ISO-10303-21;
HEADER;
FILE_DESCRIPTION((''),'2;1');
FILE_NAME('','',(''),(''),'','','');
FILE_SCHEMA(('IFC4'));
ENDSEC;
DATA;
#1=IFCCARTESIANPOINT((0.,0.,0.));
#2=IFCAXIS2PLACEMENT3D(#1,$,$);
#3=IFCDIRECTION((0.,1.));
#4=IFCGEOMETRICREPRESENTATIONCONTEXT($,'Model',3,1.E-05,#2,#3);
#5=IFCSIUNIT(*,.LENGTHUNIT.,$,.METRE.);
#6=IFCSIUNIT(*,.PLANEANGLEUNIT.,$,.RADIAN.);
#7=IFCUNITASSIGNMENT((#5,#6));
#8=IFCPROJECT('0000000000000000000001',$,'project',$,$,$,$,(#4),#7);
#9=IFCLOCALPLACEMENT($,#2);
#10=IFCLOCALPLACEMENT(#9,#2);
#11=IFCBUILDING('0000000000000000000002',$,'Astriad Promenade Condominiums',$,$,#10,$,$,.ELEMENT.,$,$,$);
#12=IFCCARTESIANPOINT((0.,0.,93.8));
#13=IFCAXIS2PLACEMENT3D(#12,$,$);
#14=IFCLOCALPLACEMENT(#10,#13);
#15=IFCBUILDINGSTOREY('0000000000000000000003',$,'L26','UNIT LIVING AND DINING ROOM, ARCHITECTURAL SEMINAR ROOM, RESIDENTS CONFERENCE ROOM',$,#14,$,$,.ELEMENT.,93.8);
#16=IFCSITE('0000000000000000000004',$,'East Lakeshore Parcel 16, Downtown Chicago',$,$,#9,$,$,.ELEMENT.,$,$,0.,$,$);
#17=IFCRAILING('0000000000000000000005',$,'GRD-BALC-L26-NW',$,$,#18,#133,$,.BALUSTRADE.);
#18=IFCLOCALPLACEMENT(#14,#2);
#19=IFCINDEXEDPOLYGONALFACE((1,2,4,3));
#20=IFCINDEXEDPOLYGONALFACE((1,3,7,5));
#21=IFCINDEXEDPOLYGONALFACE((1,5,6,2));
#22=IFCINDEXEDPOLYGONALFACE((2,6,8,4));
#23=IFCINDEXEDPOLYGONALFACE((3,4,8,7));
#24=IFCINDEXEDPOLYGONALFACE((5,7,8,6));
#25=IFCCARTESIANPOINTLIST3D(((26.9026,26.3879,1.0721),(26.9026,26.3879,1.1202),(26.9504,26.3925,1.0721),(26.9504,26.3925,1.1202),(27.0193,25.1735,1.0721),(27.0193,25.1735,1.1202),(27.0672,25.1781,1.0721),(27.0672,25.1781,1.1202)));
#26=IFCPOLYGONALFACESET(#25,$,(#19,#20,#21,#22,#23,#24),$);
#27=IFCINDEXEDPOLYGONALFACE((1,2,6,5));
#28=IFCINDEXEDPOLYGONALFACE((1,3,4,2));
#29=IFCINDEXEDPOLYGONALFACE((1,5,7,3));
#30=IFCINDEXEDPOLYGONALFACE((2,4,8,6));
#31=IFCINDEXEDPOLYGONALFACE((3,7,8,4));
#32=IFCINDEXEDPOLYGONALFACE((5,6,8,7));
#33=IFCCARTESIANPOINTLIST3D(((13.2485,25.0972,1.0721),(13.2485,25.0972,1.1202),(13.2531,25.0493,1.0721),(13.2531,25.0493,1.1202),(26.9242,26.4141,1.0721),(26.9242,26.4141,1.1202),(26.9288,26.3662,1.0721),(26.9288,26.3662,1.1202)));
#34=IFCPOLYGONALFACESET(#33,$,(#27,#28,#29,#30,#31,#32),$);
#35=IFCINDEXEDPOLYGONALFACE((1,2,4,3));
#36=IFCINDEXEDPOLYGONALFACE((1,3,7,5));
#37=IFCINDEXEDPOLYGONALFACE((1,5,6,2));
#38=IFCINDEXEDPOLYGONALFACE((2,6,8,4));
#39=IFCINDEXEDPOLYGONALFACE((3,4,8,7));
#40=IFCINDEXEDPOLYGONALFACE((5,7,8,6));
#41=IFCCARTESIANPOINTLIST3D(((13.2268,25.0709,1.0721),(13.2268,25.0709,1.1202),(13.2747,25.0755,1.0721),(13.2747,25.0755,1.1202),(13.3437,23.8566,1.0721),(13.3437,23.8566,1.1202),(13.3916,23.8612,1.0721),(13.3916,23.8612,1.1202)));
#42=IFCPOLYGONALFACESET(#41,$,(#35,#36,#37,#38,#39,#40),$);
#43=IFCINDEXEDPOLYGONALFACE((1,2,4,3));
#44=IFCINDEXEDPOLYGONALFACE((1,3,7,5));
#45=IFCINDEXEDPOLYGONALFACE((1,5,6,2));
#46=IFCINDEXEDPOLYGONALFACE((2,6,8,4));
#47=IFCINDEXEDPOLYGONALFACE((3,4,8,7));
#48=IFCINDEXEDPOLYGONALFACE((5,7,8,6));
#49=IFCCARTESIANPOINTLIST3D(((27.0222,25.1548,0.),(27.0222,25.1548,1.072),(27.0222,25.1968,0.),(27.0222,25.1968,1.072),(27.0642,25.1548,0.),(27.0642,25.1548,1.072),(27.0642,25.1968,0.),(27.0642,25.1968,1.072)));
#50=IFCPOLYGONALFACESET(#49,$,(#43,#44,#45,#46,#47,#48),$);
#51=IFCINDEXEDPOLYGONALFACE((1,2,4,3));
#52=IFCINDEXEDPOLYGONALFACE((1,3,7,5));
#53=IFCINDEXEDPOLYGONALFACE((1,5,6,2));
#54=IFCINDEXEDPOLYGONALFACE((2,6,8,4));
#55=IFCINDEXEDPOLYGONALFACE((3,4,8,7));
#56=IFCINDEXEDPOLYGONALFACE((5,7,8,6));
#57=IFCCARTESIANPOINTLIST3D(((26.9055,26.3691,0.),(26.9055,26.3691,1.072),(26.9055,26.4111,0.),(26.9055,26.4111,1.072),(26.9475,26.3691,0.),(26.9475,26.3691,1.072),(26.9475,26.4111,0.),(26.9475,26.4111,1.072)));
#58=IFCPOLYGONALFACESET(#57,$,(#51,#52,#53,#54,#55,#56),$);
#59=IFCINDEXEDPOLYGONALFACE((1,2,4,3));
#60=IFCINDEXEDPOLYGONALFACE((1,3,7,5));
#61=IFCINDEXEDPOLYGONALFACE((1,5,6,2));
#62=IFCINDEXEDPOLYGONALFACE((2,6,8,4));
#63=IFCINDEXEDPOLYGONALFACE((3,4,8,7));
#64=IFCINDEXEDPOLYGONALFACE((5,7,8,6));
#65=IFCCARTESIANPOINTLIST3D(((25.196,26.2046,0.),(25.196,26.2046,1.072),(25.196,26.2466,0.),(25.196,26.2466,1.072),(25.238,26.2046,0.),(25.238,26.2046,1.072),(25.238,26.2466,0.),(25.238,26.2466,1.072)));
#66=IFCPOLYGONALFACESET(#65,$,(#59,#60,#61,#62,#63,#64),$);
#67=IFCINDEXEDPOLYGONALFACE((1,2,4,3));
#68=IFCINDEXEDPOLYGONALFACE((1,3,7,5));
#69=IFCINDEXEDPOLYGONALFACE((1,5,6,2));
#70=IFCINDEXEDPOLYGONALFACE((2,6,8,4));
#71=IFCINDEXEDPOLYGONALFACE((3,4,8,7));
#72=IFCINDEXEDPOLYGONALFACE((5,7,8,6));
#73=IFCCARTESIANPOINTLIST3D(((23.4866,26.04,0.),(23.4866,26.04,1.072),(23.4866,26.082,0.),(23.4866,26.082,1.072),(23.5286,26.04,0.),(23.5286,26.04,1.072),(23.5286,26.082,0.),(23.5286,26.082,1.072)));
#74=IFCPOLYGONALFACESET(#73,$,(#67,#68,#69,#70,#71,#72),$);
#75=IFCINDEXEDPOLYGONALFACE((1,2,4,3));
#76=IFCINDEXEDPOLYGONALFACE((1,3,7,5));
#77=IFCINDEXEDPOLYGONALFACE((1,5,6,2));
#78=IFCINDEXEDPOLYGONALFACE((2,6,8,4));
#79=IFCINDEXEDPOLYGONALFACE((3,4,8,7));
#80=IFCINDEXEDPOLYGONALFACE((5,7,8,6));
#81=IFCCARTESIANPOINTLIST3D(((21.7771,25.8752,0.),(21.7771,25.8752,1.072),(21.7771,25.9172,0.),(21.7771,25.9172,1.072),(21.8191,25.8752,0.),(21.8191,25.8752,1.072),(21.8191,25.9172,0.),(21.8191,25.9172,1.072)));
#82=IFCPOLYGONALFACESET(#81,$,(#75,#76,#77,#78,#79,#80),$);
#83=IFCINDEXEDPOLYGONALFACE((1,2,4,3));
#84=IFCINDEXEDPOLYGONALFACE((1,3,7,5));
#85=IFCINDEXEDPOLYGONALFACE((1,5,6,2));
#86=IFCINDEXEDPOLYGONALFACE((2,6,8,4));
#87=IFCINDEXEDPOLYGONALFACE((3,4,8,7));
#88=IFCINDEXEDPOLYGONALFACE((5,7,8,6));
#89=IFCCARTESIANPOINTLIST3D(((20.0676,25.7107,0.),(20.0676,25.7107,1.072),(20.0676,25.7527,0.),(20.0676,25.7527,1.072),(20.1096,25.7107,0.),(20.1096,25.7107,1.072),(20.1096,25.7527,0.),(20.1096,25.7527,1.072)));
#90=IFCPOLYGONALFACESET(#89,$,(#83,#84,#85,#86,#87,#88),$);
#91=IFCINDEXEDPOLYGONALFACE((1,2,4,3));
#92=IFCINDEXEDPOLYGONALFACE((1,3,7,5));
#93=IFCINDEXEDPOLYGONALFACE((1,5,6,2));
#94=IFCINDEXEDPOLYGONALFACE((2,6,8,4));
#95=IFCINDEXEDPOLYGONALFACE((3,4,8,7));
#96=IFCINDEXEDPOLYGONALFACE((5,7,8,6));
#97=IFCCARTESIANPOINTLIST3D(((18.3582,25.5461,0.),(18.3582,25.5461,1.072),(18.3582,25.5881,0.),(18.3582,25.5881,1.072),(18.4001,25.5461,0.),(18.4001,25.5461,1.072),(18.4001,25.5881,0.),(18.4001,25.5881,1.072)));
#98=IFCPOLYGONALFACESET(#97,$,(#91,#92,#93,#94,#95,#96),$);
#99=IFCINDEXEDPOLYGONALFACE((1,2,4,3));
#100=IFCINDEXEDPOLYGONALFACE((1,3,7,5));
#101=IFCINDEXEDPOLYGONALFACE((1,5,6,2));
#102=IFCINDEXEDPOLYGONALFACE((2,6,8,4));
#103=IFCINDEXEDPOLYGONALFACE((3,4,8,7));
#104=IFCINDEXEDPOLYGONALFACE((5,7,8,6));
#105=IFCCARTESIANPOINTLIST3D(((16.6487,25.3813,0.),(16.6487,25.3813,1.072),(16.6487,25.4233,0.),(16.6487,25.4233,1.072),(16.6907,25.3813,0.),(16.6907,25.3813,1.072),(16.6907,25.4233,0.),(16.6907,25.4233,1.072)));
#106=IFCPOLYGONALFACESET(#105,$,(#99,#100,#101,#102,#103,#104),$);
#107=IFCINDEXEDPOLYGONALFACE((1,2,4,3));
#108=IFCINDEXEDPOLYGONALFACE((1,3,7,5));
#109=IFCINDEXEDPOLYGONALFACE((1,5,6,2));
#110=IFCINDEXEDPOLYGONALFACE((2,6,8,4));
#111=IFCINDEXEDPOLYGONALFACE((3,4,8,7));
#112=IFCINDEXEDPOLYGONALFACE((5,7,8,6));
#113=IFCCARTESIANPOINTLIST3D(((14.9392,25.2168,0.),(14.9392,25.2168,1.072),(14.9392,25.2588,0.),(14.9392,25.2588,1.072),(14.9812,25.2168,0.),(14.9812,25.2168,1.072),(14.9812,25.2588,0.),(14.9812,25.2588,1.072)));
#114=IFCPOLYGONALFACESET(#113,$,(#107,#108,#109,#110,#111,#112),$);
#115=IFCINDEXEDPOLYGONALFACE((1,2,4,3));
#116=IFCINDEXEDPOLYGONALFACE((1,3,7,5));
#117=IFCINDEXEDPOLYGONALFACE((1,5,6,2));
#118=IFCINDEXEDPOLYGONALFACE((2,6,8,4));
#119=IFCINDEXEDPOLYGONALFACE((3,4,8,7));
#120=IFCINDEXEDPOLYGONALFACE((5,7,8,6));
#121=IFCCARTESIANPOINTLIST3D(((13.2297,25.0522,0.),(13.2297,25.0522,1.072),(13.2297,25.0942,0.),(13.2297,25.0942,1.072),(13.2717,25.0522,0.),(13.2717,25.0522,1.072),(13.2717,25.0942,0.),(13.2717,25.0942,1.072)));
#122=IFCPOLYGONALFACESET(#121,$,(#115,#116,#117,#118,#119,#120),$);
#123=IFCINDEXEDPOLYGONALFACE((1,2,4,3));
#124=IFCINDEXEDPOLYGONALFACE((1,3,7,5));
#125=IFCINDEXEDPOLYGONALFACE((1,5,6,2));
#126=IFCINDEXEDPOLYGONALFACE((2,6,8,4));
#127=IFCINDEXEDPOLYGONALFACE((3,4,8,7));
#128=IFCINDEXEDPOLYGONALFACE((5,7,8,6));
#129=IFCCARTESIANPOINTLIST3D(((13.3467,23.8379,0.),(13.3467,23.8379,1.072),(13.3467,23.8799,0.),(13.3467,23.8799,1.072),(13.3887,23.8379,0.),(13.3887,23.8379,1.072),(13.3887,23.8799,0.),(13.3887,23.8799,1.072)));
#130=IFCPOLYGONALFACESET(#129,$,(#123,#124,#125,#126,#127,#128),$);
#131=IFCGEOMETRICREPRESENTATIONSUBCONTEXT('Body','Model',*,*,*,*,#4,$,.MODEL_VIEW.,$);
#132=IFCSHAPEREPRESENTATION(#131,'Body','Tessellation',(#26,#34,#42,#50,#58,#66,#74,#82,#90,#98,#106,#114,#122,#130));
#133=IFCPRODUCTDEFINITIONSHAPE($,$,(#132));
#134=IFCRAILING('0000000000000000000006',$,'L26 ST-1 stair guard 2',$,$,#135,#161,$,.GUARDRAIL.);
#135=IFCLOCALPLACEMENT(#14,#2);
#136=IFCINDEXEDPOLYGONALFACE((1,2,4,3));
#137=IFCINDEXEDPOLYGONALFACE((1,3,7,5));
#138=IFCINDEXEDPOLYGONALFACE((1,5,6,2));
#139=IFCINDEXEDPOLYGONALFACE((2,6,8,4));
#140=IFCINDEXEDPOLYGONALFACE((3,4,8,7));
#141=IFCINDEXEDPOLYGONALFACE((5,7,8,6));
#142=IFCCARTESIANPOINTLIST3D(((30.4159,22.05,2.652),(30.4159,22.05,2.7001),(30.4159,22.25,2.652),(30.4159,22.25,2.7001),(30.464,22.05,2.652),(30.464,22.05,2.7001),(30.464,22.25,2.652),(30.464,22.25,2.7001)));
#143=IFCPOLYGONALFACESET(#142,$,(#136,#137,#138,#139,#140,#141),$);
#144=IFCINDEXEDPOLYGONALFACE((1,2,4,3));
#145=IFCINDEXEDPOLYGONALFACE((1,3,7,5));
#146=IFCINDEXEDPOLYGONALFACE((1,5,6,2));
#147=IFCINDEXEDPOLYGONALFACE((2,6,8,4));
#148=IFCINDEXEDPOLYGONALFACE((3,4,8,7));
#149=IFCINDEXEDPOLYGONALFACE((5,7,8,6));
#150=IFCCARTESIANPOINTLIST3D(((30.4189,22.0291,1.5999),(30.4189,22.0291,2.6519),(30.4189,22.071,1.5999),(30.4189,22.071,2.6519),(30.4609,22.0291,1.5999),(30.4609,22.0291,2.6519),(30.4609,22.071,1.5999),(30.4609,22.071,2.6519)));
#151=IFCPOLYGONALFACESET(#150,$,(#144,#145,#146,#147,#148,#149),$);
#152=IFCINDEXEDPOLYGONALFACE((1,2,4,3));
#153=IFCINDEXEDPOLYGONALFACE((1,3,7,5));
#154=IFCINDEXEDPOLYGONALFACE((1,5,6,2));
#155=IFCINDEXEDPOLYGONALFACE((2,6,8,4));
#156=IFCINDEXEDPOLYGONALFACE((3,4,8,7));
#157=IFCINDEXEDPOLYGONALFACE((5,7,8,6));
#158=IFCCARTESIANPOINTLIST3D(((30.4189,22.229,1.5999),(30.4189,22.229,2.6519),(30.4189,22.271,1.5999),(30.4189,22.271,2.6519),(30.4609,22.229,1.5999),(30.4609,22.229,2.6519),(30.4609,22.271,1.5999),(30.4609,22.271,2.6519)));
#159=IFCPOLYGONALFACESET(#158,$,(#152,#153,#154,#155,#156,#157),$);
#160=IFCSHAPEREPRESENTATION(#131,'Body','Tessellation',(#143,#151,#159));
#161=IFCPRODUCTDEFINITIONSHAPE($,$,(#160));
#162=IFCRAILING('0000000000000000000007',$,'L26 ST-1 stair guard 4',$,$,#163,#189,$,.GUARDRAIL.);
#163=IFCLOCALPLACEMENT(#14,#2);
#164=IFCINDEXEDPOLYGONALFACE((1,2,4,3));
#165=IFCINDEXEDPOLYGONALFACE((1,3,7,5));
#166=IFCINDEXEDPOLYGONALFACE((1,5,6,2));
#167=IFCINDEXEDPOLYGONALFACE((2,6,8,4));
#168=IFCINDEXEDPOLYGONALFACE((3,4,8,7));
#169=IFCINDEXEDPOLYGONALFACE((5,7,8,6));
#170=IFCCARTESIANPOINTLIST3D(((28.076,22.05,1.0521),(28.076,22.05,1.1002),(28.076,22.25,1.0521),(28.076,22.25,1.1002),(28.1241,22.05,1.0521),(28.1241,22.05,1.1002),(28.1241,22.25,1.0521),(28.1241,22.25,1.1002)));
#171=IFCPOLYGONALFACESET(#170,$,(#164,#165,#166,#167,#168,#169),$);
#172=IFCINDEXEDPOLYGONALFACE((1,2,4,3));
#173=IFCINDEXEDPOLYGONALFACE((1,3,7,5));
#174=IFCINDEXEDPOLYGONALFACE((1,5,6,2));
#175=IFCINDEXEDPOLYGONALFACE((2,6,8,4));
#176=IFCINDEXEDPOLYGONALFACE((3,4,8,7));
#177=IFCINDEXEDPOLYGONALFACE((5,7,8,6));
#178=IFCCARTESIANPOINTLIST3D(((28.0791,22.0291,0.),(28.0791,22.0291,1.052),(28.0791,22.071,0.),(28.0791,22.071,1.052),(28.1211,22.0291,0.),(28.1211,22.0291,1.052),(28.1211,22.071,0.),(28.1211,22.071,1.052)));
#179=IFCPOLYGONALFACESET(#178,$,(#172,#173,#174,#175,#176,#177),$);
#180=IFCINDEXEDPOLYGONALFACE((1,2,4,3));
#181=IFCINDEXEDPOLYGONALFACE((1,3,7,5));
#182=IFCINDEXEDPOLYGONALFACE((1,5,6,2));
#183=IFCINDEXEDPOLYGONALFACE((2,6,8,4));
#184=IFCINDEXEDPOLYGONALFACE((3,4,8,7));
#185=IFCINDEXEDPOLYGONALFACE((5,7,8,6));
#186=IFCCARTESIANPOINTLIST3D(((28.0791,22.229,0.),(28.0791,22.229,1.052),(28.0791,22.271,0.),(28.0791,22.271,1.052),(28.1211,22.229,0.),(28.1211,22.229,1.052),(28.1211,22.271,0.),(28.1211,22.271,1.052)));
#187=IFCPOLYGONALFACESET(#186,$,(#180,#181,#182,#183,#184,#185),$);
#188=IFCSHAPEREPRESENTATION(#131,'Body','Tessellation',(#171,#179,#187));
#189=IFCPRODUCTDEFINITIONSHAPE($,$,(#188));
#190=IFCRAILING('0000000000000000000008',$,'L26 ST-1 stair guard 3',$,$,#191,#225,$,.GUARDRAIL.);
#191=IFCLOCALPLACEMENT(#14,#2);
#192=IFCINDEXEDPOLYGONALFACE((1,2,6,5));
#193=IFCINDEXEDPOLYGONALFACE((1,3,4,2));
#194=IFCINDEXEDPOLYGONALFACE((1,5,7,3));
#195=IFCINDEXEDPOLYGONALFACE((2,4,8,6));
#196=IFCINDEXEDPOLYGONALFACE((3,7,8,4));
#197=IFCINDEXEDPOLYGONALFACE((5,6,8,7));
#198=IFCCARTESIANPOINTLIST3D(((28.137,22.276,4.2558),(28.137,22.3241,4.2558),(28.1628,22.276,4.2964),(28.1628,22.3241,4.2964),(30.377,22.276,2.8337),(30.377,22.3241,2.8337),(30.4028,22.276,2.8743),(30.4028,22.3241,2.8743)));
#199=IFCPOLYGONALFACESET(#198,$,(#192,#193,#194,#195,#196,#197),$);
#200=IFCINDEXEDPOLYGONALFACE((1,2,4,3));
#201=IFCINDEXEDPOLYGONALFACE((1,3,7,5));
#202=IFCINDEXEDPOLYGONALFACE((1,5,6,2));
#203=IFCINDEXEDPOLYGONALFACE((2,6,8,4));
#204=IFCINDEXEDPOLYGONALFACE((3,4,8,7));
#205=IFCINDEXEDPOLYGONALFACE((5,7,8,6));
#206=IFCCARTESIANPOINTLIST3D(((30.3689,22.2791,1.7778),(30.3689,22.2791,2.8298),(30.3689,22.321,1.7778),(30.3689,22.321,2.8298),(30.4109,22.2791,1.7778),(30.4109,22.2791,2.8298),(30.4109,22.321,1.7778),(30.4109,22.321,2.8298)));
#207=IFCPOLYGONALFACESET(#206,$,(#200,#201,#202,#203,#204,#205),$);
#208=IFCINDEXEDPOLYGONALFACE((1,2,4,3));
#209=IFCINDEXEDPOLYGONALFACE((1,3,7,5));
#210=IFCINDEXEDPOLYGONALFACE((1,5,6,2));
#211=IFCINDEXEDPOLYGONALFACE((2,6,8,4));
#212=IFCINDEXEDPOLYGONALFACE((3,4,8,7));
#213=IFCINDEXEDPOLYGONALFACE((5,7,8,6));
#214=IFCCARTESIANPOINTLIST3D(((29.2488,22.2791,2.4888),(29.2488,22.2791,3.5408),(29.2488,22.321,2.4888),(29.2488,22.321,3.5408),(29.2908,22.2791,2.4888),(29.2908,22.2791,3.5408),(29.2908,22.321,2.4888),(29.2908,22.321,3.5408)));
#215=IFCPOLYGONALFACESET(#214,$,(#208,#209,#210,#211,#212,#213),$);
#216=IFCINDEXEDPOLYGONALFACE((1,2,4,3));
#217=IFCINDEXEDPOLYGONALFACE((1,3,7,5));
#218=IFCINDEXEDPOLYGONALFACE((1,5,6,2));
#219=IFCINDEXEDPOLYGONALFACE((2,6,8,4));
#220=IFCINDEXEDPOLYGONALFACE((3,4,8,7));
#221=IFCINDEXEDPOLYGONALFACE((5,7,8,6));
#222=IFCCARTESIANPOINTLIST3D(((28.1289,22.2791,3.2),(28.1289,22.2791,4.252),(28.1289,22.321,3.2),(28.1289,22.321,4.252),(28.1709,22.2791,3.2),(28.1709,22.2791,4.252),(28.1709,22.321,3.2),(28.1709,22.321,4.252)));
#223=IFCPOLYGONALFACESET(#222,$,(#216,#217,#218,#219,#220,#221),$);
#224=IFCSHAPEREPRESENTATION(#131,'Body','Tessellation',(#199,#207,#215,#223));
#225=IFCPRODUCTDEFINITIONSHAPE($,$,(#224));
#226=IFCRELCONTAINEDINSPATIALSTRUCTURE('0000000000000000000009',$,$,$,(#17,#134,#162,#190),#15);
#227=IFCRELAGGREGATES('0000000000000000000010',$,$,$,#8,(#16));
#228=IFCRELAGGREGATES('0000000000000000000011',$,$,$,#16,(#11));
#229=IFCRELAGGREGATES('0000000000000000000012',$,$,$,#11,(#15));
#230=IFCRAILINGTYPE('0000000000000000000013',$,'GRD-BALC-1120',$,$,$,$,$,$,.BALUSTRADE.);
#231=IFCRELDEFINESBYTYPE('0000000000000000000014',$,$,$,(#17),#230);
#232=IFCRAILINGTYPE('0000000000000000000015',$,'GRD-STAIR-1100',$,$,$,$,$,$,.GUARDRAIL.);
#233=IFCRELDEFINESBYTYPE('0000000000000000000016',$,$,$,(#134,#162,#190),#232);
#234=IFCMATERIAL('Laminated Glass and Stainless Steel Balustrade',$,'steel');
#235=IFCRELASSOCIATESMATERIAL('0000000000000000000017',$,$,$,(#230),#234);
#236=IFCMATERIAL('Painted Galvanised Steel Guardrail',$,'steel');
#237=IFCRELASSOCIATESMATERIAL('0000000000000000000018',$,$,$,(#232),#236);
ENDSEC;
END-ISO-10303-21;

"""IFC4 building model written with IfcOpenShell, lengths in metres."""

from ifc_helpers import new_model, si_unit, direction, frame, origin, origin_2d, place, context, subcontext, project, spatial, rectangle, extrude, source, transform, mapped, material, type_object, type_shapes, element, save


model = new_model("IFC4")

# Units and contexts
model_context = context("Model", 3, precision=1e-05, world=origin(), true_north=direction((0.0, 1.0)))
body_context = subcontext(model_context, "Body", "Model", "MODEL_VIEW")
ifc_project = project(units=[si_unit("LENGTHUNIT", "METRE"), si_unit("PLANEANGLEUNIT", "RADIAN")], contexts=[model_context])

# Site, building, storey
site_placement = place(None, origin())
site = spatial("IfcSite", under=ifc_project, at=site_placement, Name="East Lakeshore Parcel 16, Downtown Chicago", CompositionType="ELEMENT", RefElevation=0.0)
building_placement = place(site_placement, origin())
building = spatial("IfcBuilding", under=site, at=building_placement, Name="Astriad Promenade Condominiums", CompositionType="ELEMENT")
storey_placement = place(building_placement, frame((0.0, 0.0, 93.8)))
storey = spatial("IfcBuildingStorey", under=building, at=storey_placement, Name="L26", Description="UNIT LIVING AND DINING ROOM, ARCHITECTURAL SEMINAR ROOM, RESIDENTS CONFERENCE ROOM", CompositionType="ELEMENT", Elevation=93.8)

# Railings
ifc_material_1 = material(Name="Laminated Glass and Stainless Steel Balustrade", Category="steel")
railing_type_1 = type_object("IfcRailingType", Name="GRD-BALC-1120", PredefinedType="BALUSTRADE", material=ifc_material_1)
shared_shape_1 = source(origin(), body_context, "Body", "SweptSolid", [
    extrude(rectangle(XDim=0.0481, YDim=0.0481, at=origin_2d()), frame((0.0, 0.0, 1.0962), z_axis=(-0.095659, 0.995414, 0.0), x_axis=(-0.995414, -0.095659, 0.0)), (0.0, 0.0, 1.0), 1.22),
    extrude(rectangle(XDim=0.0481, YDim=0.0481, at=origin_2d()), frame((-0.1167, 1.2144, 1.0962), z_axis=(-0.995396, -0.095851, 0.0), x_axis=(0.095851, -0.995396, 0.0)), (0.0, 0.0, 1.0), 13.739),
    extrude(rectangle(XDim=0.0481, YDim=0.0481, at=origin_2d()), frame((-13.7925, -0.1025, 1.0962), z_axis=(0.095857, -0.995395, 0.0), x_axis=(0.995395, 0.095857, 0.0)), (0.0, 0.0, 1.0), 1.22),
    extrude(rectangle(XDim=0.042, YDim=0.042, at=origin_2d()), origin(), (0.0, 0.0, 1.0), 1.072),
    extrude(rectangle(XDim=0.042, YDim=0.042, at=origin_2d()), frame((-0.1167, 1.2144, 0.0)), (0.0, 0.0, 1.0), 1.072),
    extrude(rectangle(XDim=0.042, YDim=0.042, at=origin_2d()), frame((-1.8262, 1.0498, 0.0)), (0.0, 0.0, 1.0), 1.072),
    extrude(rectangle(XDim=0.042, YDim=0.042, at=origin_2d()), frame((-3.5356, 0.8853, 0.0)), (0.0, 0.0, 1.0), 1.072),
    extrude(rectangle(XDim=0.042, YDim=0.042, at=origin_2d()), frame((-5.2451, 0.7205, 0.0)), (0.0, 0.0, 1.0), 1.072),
    extrude(rectangle(XDim=0.042, YDim=0.042, at=origin_2d()), frame((-6.9546, 0.5559, 0.0)), (0.0, 0.0, 1.0), 1.072),
    extrude(rectangle(XDim=0.042, YDim=0.042, at=origin_2d()), frame((-8.6641, 0.3914, 0.0)), (0.0, 0.0, 1.0), 1.072),
    extrude(rectangle(XDim=0.042, YDim=0.042, at=origin_2d()), frame((-10.3735, 0.2266, 0.0)), (0.0, 0.0, 1.0), 1.072),
    extrude(rectangle(XDim=0.042, YDim=0.042, at=origin_2d()), frame((-12.083, 0.062, 0.0)), (0.0, 0.0, 1.0), 1.072),
    extrude(rectangle(XDim=0.042, YDim=0.042, at=origin_2d()), frame((-13.7925, -0.1025, 0.0)), (0.0, 0.0, 1.0), 1.072),
    extrude(rectangle(XDim=0.042, YDim=0.042, at=origin_2d()), frame((-13.6755, -1.3169, 0.0)), (0.0, 0.0, 1.0), 1.072),
])
type_shapes(railing_type_1, [shared_shape_1])
railing_1_placement = place(storey_placement, frame((27.0432, 25.1758, 0.0)))
element("IfcRailing", 1, at=railing_1_placement, inside=storey, type_object=railing_type_1, Name="GRD-BALC-L26-NW", PredefinedType="BALUSTRADE", context=body_context, shape_type="MappedRepresentation", body=[
    mapped(shared_shape_1, transform((0.0, 0.0, 0.0), scale=1.0)),
])
ifc_material_2 = material(Name="Painted Galvanised Steel Guardrail", Category="steel")
railing_type_2 = type_object("IfcRailingType", Name="GRD-STAIR-1100", PredefinedType="GUARDRAIL", material=ifc_material_2)
shared_shape_2 = source(origin(), body_context, "Body", "SweptSolid", [
    extrude(rectangle(XDim=0.0481, YDim=0.0481, at=origin_2d()), frame((0.0, 0.0, 1.0762), z_axis=(0.0, 1.0, 0.0), x_axis=(-1.0, 0.0, 0.0)), (0.0, 0.0, 1.0), 0.2),
    extrude(rectangle(XDim=0.042, YDim=0.042, at=origin_2d()), origin(), (0.0, 0.0, 1.0), 1.052),
    extrude(rectangle(XDim=0.042, YDim=0.042, at=origin_2d()), frame((0.0, 0.2, 0.0)), (0.0, 0.0, 1.0), 1.052),
])
for number, where, name in (
    (2, (30.4399, 22.05, 1.5999), "L26 ST-1 stair guard 2"),
    (3, (28.1001, 22.05, 0.0), "L26 ST-1 stair guard 4"),
):
    element("IfcRailing", number, at=place(storey_placement, frame(where)), inside=storey, type_object=railing_type_2, Name=name, PredefinedType="GUARDRAIL", context=body_context, shape_type="MappedRepresentation", body=[
        mapped(shared_shape_2, transform((0.0, 0.0, 0.0), scale=1.0)),
    ])
shared_shape_3 = source(origin(), body_context, "Body", "SweptSolid", [
    extrude(rectangle(XDim=0.0481, YDim=0.0481, at=origin_2d()), frame((0.0, 0.0, 1.0762), z_axis=(-0.844229, 0.0, 0.535982), x_axis=(0.0, -1.0, 0.0)), (0.0, 0.0, 1.0), 2.6533),
    extrude(rectangle(XDim=0.042, YDim=0.042, at=origin_2d()), origin(), (0.0, 0.0, 1.0), 1.052),
    extrude(rectangle(XDim=0.042, YDim=0.042, at=origin_2d()), frame((-1.1201, 0.0, 0.7109)), (0.0, 0.0, 1.0), 1.052),
    extrude(rectangle(XDim=0.042, YDim=0.042, at=origin_2d()), frame((-2.24, 0.0, 1.4221)), (0.0, 0.0, 1.0), 1.052),
])
railing_2_placement = place(storey_placement, frame((30.3899, 22.3, 1.7778)))
element("IfcRailing", 4, at=railing_2_placement, inside=storey, type_object=railing_type_2, Name="L26 ST-1 stair guard 3", PredefinedType="GUARDRAIL", context=body_context, shape_type="MappedRepresentation", body=[
    mapped(shared_shape_3, transform((0.0, 0.0, 0.0), scale=1.0)),
])

save(model, "model.ifc")
